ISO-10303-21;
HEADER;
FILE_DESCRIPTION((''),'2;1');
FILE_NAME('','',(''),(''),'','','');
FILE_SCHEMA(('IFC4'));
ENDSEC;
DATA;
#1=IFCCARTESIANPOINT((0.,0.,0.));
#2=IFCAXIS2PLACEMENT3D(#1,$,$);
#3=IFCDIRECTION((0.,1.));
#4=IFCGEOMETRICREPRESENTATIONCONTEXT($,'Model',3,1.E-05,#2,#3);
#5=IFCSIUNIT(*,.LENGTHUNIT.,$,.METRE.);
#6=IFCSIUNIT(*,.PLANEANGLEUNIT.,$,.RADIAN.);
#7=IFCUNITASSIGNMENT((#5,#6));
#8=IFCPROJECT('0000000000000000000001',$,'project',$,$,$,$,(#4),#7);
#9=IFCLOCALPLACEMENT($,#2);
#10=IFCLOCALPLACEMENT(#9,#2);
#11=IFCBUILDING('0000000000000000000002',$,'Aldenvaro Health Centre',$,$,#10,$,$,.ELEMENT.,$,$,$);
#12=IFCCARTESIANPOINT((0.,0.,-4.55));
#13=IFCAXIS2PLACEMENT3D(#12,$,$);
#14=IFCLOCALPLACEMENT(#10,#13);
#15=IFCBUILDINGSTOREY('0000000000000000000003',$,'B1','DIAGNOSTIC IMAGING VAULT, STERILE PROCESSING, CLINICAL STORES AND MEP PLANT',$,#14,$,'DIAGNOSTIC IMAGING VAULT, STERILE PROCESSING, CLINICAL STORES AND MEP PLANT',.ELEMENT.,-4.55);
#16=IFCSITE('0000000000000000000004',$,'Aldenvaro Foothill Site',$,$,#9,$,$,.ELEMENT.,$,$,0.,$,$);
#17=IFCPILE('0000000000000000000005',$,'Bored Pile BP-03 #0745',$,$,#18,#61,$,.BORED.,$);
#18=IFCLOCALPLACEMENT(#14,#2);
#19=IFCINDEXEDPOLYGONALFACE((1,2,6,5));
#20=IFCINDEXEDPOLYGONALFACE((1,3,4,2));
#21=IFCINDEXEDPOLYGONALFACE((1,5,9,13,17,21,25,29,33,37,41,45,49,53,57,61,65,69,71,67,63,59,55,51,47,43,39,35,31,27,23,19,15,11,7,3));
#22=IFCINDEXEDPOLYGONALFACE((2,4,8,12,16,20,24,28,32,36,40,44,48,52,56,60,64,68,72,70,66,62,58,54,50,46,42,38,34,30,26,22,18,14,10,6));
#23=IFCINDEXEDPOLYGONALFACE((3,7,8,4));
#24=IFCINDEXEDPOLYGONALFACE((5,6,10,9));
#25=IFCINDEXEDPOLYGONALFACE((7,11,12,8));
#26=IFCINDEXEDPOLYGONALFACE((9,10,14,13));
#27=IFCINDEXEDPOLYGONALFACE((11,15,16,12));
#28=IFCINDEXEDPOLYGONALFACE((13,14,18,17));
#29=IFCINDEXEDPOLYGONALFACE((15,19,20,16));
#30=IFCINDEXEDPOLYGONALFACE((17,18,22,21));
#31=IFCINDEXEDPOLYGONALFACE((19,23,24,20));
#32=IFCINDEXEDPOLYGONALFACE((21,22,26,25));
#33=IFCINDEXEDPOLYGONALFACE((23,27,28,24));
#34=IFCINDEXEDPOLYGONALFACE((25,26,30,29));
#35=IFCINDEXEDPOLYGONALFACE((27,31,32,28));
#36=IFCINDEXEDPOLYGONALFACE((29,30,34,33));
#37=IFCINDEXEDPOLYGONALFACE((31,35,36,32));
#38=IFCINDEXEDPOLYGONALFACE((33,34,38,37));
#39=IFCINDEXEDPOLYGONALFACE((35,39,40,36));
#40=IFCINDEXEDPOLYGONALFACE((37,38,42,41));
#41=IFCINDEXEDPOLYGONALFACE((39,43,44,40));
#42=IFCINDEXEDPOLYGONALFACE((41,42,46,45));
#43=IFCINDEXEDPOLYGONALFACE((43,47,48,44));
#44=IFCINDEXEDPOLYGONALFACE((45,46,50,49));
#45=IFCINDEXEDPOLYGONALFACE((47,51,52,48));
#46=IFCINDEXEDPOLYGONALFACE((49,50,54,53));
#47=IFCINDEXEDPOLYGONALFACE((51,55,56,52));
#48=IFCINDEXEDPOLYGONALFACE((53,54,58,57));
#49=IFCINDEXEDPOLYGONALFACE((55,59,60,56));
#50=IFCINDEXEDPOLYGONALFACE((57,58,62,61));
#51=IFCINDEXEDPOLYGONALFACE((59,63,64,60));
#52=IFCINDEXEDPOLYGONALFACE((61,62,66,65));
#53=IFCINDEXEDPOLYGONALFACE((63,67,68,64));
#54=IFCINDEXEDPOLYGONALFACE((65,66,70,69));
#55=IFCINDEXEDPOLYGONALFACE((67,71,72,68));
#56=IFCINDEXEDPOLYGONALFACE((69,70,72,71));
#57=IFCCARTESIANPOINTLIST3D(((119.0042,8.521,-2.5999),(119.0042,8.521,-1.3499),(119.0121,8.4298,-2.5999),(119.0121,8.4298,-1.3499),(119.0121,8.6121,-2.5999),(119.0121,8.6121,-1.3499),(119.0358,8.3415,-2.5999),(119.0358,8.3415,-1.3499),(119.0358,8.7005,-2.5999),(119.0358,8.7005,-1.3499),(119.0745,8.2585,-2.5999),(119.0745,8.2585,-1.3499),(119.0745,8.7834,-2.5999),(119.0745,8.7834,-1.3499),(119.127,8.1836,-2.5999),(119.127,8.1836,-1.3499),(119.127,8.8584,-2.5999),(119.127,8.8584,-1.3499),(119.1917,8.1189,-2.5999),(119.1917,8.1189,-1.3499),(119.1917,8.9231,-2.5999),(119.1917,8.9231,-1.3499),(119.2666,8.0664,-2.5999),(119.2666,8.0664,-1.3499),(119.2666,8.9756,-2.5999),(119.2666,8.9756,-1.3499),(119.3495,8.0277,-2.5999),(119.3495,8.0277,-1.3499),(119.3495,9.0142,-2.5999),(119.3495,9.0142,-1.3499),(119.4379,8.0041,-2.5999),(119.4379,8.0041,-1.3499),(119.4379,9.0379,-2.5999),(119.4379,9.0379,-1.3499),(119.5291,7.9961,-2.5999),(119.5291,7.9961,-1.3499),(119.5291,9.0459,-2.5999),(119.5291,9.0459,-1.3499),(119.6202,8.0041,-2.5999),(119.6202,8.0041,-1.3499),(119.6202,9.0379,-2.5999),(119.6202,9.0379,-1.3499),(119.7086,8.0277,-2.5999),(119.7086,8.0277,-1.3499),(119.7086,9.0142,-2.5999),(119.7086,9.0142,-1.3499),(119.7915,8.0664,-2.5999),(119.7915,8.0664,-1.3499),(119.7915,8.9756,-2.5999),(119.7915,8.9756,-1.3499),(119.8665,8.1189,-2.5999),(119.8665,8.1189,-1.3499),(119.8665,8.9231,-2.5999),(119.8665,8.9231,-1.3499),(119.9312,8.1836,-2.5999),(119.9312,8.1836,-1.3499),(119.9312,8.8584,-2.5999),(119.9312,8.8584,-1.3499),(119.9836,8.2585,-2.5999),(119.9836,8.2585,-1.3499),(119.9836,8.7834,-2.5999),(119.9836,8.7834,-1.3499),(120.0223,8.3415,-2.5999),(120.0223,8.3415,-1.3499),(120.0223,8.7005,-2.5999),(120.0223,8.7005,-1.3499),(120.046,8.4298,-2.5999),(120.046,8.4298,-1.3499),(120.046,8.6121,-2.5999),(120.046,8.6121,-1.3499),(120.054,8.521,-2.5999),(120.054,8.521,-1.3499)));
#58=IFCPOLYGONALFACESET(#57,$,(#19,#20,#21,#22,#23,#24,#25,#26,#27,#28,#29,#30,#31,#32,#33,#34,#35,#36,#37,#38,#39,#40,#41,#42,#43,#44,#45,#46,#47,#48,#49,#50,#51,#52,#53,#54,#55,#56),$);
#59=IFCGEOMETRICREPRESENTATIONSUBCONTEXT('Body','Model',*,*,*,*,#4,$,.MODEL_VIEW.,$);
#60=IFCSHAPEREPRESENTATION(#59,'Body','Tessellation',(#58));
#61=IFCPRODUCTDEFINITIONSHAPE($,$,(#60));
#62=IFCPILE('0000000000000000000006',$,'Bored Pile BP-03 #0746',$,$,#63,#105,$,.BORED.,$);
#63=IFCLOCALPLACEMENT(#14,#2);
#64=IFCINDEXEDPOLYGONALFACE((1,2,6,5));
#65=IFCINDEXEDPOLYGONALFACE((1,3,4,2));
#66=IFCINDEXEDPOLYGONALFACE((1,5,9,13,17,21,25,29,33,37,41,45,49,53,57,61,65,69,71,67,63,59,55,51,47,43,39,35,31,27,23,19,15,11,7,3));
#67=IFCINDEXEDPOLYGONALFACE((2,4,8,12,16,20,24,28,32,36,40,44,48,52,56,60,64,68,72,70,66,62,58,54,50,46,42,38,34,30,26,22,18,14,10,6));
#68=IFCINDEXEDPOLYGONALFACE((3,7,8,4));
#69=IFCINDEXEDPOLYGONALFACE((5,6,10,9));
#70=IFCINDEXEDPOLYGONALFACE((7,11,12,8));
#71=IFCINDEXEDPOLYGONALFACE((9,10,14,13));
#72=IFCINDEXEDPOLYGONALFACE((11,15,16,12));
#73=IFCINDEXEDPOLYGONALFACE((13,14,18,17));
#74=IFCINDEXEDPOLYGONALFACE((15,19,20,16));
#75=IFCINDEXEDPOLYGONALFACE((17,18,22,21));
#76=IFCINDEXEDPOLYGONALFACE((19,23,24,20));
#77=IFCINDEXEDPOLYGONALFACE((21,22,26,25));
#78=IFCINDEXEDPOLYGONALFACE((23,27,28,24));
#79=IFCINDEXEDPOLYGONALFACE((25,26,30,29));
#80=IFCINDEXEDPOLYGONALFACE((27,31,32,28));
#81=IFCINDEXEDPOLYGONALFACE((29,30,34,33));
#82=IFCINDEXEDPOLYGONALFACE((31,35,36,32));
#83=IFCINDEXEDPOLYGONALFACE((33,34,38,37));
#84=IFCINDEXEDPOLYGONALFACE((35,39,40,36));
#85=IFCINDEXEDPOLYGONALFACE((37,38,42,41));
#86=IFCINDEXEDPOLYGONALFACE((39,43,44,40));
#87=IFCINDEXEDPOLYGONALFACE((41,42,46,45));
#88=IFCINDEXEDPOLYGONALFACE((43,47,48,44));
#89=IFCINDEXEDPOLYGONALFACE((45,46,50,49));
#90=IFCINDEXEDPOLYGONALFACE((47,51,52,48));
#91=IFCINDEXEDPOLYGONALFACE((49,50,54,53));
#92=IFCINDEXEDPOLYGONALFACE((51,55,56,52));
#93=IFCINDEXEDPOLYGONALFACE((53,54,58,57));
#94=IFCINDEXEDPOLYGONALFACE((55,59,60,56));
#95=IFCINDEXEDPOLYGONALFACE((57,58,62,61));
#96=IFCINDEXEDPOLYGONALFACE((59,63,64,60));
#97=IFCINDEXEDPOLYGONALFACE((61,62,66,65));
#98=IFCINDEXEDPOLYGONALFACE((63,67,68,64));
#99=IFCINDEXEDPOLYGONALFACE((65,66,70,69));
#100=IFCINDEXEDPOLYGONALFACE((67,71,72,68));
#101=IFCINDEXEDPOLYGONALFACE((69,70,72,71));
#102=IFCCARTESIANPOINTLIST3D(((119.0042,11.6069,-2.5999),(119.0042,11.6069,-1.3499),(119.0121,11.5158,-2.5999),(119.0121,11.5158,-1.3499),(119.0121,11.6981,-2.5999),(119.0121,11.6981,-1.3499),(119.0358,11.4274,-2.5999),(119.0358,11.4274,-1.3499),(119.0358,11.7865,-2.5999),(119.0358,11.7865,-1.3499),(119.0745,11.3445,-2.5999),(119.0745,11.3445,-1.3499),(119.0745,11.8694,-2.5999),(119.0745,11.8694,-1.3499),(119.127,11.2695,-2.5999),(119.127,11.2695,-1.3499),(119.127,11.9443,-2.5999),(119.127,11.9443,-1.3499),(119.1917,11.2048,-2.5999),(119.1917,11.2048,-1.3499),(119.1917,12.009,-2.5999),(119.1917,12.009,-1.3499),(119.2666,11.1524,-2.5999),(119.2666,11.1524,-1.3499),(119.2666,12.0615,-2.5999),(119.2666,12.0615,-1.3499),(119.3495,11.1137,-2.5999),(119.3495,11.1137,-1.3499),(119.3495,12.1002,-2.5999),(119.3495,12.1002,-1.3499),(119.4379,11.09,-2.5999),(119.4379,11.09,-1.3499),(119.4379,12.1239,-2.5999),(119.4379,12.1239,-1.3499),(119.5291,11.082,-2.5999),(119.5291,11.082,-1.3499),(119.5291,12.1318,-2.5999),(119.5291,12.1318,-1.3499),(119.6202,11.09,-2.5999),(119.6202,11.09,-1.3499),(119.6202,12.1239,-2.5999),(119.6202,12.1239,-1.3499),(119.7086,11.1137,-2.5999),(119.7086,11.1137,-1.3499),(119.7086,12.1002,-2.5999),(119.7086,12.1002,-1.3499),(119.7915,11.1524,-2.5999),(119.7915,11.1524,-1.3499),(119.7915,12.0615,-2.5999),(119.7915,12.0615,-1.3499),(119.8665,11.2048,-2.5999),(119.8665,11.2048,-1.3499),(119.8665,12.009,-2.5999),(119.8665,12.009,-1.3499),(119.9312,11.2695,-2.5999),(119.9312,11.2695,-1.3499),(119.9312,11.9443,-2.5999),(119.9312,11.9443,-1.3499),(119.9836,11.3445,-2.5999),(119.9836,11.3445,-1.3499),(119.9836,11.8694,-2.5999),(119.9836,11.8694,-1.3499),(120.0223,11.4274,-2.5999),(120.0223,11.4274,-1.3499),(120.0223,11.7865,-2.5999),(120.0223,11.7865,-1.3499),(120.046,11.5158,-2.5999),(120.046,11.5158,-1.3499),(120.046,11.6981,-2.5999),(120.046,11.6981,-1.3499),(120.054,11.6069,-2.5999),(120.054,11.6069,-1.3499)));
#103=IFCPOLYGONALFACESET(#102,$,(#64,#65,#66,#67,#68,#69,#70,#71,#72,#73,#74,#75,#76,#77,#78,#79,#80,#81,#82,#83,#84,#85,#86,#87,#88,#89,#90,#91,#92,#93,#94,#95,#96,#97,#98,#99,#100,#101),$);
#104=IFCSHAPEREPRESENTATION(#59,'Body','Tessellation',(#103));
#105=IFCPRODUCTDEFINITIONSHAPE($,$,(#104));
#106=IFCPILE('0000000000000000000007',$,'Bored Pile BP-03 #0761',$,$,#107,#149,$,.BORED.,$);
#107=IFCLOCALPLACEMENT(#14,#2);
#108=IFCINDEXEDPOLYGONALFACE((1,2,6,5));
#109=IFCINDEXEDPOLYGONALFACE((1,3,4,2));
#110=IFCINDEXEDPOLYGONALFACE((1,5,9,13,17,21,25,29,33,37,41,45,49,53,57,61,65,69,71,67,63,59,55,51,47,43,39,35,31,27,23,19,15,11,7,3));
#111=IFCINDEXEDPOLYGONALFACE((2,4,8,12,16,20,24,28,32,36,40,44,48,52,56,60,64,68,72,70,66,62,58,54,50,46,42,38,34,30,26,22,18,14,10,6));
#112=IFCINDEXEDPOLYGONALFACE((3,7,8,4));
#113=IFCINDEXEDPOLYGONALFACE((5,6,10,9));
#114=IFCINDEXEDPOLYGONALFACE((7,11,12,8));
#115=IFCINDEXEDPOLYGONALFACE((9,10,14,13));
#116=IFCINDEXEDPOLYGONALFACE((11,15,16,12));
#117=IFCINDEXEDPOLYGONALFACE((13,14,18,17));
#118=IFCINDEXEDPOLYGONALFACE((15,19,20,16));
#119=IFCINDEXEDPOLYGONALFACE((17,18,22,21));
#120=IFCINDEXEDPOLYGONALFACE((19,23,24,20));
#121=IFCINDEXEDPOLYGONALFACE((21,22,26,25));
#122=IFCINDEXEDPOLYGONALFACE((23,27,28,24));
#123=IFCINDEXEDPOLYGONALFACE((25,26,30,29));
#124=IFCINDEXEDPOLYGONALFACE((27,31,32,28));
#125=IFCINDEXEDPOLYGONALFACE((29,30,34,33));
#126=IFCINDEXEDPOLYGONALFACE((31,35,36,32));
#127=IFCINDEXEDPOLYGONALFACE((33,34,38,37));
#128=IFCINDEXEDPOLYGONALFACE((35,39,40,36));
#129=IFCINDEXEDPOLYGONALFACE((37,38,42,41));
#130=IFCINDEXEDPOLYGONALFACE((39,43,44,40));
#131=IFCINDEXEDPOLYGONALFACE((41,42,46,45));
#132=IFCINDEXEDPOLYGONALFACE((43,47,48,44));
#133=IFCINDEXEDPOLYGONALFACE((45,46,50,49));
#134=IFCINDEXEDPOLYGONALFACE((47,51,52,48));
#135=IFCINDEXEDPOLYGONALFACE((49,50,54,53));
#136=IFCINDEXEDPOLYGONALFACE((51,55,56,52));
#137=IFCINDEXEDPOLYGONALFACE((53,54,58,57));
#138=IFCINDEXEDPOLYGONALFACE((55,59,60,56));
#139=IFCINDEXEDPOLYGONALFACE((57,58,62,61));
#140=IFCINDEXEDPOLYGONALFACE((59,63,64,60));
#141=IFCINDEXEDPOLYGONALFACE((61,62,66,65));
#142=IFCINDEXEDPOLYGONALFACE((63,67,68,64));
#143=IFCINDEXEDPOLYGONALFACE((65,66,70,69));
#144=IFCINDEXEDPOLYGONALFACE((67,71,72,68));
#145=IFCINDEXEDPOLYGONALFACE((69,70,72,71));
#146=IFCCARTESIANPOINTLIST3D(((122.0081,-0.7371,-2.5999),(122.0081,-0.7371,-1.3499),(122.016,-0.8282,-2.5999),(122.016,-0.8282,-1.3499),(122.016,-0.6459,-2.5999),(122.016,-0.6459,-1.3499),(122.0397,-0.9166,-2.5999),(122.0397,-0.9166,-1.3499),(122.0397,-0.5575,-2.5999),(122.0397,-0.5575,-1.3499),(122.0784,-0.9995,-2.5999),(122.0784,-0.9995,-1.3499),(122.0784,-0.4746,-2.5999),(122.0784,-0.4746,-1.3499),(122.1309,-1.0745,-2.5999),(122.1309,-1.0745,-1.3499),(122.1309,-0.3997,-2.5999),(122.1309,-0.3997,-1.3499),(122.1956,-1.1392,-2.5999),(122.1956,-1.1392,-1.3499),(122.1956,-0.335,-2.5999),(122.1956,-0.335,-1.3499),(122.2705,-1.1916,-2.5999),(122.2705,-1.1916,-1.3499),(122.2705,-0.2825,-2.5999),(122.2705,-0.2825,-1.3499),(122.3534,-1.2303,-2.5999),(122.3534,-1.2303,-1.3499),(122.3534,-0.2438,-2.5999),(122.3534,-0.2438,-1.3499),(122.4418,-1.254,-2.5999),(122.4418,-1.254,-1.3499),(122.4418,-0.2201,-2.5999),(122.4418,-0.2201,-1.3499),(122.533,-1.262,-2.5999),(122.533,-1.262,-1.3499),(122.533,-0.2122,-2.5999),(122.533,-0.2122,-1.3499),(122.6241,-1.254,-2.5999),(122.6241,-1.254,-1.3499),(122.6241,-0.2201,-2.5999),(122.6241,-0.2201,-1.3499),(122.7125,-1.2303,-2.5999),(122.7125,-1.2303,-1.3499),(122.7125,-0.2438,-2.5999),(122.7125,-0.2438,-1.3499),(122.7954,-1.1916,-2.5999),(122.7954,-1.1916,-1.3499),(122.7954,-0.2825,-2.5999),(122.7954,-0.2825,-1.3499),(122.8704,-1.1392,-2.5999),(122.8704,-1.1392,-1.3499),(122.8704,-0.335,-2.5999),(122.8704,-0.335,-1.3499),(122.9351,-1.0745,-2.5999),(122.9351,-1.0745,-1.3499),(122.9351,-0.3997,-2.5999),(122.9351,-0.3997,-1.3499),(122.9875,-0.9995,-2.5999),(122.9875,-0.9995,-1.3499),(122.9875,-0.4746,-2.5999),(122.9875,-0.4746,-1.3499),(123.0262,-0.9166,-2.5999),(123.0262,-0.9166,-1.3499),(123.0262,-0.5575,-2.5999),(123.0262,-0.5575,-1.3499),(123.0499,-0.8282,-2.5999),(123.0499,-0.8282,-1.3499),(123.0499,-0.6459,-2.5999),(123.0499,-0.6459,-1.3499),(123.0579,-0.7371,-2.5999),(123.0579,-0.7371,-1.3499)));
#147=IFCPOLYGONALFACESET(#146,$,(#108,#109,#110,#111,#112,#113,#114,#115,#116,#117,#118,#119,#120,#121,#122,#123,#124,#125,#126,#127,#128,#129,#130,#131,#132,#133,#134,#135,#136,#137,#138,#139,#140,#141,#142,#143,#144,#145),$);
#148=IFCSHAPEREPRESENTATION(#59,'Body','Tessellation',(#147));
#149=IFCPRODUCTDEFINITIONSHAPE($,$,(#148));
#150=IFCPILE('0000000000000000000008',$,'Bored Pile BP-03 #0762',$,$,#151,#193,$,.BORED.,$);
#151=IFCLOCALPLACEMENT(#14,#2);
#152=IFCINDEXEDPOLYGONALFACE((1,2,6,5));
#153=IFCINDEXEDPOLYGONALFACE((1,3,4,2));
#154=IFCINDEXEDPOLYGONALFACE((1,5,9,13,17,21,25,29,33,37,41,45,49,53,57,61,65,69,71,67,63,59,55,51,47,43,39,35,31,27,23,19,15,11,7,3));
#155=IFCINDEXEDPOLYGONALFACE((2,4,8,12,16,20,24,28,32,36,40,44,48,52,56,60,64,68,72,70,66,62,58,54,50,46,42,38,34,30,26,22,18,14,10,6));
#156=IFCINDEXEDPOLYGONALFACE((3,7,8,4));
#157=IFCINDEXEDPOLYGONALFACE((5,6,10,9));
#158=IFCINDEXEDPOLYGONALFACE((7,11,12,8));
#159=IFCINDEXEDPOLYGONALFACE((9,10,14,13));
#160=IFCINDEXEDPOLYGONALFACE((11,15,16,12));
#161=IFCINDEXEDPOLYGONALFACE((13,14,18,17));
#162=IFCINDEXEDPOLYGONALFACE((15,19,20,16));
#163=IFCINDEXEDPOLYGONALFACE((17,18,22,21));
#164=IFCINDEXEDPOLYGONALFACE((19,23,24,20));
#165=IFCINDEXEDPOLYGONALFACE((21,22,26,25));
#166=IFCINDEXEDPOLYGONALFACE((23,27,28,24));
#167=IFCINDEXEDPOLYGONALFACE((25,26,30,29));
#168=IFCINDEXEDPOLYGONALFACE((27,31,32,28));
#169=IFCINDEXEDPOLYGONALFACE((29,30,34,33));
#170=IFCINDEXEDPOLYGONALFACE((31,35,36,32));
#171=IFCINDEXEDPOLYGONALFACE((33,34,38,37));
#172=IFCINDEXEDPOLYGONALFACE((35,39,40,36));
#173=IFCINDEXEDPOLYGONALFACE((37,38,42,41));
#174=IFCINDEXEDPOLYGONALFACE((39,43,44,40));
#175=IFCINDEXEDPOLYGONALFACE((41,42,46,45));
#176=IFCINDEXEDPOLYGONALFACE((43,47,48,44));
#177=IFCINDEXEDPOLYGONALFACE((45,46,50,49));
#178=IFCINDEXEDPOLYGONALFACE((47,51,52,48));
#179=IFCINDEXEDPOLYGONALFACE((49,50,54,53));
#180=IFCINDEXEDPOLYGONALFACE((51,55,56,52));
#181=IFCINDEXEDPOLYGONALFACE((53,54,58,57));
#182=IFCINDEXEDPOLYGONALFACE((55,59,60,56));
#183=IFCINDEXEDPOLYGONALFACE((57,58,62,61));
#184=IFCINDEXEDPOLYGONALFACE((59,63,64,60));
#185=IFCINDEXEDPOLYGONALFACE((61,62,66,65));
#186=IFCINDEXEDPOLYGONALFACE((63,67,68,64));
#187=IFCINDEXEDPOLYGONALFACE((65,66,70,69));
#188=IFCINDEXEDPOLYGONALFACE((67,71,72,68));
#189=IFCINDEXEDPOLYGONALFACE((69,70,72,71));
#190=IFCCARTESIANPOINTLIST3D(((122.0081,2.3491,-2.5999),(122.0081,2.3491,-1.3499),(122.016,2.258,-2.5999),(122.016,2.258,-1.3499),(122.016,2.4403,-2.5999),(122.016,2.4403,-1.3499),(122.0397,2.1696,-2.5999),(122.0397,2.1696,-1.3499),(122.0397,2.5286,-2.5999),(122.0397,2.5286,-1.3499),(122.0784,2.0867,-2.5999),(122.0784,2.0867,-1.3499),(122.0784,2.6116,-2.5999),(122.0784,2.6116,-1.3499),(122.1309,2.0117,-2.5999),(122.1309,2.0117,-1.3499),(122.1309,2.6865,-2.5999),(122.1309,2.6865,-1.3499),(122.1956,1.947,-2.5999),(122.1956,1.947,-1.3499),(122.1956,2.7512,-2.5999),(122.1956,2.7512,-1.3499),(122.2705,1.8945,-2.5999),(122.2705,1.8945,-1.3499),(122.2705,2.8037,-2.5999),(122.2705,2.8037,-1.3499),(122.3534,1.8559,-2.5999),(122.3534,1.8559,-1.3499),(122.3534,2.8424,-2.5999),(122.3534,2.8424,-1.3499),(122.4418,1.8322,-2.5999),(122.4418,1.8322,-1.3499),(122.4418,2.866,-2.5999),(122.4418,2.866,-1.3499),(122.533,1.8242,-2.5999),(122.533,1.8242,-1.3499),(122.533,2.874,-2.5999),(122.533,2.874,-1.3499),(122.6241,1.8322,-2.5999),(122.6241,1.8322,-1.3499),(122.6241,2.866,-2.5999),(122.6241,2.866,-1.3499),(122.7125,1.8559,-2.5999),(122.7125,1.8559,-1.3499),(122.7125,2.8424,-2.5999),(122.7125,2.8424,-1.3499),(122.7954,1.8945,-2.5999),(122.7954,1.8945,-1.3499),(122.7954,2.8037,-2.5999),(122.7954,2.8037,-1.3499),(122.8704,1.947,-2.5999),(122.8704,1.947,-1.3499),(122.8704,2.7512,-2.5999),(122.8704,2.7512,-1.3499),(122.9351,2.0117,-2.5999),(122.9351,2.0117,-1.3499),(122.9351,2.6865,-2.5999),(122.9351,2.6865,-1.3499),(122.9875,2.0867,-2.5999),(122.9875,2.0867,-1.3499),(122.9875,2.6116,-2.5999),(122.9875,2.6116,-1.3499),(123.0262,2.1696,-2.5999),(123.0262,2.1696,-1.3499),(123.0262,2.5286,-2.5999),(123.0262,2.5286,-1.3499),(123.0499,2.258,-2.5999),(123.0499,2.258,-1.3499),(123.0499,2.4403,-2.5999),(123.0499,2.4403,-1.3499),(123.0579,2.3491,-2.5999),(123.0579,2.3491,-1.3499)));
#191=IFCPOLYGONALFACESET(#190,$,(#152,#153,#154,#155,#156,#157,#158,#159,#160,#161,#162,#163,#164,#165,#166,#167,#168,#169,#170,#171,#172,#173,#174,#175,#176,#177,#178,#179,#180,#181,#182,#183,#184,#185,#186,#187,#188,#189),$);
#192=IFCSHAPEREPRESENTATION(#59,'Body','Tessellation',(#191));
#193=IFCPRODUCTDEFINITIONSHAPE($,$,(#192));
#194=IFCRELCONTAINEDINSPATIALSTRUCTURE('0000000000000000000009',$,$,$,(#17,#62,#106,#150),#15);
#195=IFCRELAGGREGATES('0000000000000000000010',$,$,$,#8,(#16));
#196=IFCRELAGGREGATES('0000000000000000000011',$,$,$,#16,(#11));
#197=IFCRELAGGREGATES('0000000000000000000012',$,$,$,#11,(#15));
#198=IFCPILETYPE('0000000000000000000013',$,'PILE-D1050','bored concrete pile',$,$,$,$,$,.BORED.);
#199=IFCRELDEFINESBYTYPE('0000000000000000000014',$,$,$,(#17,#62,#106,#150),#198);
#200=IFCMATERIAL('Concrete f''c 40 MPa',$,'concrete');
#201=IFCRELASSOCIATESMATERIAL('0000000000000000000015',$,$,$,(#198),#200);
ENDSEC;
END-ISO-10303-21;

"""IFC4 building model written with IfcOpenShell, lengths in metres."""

from ifc_helpers import new_model, si_unit, direction, frame, origin, origin_2d, place, context, subcontext, project, spatial, circle, extrude, material, material_profile, profile_set, type_object, element, save


model = new_model("IFC4")

# Units and contexts
model_context = context("Model", 3, precision=1e-05, world=origin(), true_north=direction((0.0, 1.0)))
body_context = subcontext(model_context, "Body", "Model", "MODEL_VIEW")
ifc_project = project(units=[si_unit("LENGTHUNIT", "METRE"), si_unit("PLANEANGLEUNIT", "RADIAN")], contexts=[model_context])

# Site, building, storey
site_placement = place(None, origin())
site = spatial("IfcSite", under=ifc_project, at=site_placement, Name="Aldenvaro Foothill Site", CompositionType="ELEMENT", RefElevation=0.0)
building_placement = place(site_placement, origin())
building = spatial("IfcBuilding", under=site, at=building_placement, Name="Aldenvaro Health Centre", CompositionType="ELEMENT")
storey_placement = place(building_placement, frame((0.0, 0.0, -4.55)))
storey = spatial("IfcBuildingStorey", under=building, at=storey_placement, Name="B1", Description="DIAGNOSTIC IMAGING VAULT, STERILE PROCESSING, CLINICAL STORES AND MEP PLANT", LongName="DIAGNOSTIC IMAGING VAULT, STERILE PROCESSING, CLINICAL STORES AND MEP PLANT", CompositionType="ELEMENT", Elevation=-4.55)

# Piles
ifc_material_1 = material(Name="Concrete f'c 40 MPa", Category="concrete")
ifc_material_profile_1 = material_profile(ifc_material_1, circle(Radius=0.5249, at=origin_2d()), Name="PILE D1050", Category="concrete")
ifc_profile_set_1 = profile_set([ifc_material_profile_1], Name="Concrete f'c 40 MPa")
pile_type = type_object("IfcPileType", Name="PILE-D1050", Description="bored concrete pile", PredefinedType="BORED", material=ifc_profile_set_1)
for number, where, z_axis, x_axis, name in (
    (1, (119.5291, 8.521, -1.3499), (0.0, 0.0, -1.0), (1.0, 0.0, 0.0), "Bored Pile BP-03 #0745"),
    (2, (119.5291, 11.6069, -1.3499), (0.0, 0.0, -1.0), (1.0, 0.0, 0.0), "Bored Pile BP-03 #0746"),
    (3, (122.533, -0.7371, -1.3499), (0.0, 0.0, -1.0), (1.0, 0.0, 0.0), "Bored Pile BP-03 #0761"),
    (4, (122.533, 2.3491, -1.3499), (0.0, 0.0, -1.0), (1.0, 0.0, 0.0), "Bored Pile BP-03 #0762"),
):
    element("IfcPile", number, at=place(storey_placement, frame(where, z_axis=z_axis, x_axis=x_axis)), inside=storey, type_object=pile_type, Name=name, PredefinedType="BORED", context=body_context, shape_type="SweptSolid", body=[
        extrude(circle(Radius=0.5249, at=origin_2d()), origin(), (0.0, 0.0, 1.0), 1.25),
    ])

save(model, "model.ifc")
